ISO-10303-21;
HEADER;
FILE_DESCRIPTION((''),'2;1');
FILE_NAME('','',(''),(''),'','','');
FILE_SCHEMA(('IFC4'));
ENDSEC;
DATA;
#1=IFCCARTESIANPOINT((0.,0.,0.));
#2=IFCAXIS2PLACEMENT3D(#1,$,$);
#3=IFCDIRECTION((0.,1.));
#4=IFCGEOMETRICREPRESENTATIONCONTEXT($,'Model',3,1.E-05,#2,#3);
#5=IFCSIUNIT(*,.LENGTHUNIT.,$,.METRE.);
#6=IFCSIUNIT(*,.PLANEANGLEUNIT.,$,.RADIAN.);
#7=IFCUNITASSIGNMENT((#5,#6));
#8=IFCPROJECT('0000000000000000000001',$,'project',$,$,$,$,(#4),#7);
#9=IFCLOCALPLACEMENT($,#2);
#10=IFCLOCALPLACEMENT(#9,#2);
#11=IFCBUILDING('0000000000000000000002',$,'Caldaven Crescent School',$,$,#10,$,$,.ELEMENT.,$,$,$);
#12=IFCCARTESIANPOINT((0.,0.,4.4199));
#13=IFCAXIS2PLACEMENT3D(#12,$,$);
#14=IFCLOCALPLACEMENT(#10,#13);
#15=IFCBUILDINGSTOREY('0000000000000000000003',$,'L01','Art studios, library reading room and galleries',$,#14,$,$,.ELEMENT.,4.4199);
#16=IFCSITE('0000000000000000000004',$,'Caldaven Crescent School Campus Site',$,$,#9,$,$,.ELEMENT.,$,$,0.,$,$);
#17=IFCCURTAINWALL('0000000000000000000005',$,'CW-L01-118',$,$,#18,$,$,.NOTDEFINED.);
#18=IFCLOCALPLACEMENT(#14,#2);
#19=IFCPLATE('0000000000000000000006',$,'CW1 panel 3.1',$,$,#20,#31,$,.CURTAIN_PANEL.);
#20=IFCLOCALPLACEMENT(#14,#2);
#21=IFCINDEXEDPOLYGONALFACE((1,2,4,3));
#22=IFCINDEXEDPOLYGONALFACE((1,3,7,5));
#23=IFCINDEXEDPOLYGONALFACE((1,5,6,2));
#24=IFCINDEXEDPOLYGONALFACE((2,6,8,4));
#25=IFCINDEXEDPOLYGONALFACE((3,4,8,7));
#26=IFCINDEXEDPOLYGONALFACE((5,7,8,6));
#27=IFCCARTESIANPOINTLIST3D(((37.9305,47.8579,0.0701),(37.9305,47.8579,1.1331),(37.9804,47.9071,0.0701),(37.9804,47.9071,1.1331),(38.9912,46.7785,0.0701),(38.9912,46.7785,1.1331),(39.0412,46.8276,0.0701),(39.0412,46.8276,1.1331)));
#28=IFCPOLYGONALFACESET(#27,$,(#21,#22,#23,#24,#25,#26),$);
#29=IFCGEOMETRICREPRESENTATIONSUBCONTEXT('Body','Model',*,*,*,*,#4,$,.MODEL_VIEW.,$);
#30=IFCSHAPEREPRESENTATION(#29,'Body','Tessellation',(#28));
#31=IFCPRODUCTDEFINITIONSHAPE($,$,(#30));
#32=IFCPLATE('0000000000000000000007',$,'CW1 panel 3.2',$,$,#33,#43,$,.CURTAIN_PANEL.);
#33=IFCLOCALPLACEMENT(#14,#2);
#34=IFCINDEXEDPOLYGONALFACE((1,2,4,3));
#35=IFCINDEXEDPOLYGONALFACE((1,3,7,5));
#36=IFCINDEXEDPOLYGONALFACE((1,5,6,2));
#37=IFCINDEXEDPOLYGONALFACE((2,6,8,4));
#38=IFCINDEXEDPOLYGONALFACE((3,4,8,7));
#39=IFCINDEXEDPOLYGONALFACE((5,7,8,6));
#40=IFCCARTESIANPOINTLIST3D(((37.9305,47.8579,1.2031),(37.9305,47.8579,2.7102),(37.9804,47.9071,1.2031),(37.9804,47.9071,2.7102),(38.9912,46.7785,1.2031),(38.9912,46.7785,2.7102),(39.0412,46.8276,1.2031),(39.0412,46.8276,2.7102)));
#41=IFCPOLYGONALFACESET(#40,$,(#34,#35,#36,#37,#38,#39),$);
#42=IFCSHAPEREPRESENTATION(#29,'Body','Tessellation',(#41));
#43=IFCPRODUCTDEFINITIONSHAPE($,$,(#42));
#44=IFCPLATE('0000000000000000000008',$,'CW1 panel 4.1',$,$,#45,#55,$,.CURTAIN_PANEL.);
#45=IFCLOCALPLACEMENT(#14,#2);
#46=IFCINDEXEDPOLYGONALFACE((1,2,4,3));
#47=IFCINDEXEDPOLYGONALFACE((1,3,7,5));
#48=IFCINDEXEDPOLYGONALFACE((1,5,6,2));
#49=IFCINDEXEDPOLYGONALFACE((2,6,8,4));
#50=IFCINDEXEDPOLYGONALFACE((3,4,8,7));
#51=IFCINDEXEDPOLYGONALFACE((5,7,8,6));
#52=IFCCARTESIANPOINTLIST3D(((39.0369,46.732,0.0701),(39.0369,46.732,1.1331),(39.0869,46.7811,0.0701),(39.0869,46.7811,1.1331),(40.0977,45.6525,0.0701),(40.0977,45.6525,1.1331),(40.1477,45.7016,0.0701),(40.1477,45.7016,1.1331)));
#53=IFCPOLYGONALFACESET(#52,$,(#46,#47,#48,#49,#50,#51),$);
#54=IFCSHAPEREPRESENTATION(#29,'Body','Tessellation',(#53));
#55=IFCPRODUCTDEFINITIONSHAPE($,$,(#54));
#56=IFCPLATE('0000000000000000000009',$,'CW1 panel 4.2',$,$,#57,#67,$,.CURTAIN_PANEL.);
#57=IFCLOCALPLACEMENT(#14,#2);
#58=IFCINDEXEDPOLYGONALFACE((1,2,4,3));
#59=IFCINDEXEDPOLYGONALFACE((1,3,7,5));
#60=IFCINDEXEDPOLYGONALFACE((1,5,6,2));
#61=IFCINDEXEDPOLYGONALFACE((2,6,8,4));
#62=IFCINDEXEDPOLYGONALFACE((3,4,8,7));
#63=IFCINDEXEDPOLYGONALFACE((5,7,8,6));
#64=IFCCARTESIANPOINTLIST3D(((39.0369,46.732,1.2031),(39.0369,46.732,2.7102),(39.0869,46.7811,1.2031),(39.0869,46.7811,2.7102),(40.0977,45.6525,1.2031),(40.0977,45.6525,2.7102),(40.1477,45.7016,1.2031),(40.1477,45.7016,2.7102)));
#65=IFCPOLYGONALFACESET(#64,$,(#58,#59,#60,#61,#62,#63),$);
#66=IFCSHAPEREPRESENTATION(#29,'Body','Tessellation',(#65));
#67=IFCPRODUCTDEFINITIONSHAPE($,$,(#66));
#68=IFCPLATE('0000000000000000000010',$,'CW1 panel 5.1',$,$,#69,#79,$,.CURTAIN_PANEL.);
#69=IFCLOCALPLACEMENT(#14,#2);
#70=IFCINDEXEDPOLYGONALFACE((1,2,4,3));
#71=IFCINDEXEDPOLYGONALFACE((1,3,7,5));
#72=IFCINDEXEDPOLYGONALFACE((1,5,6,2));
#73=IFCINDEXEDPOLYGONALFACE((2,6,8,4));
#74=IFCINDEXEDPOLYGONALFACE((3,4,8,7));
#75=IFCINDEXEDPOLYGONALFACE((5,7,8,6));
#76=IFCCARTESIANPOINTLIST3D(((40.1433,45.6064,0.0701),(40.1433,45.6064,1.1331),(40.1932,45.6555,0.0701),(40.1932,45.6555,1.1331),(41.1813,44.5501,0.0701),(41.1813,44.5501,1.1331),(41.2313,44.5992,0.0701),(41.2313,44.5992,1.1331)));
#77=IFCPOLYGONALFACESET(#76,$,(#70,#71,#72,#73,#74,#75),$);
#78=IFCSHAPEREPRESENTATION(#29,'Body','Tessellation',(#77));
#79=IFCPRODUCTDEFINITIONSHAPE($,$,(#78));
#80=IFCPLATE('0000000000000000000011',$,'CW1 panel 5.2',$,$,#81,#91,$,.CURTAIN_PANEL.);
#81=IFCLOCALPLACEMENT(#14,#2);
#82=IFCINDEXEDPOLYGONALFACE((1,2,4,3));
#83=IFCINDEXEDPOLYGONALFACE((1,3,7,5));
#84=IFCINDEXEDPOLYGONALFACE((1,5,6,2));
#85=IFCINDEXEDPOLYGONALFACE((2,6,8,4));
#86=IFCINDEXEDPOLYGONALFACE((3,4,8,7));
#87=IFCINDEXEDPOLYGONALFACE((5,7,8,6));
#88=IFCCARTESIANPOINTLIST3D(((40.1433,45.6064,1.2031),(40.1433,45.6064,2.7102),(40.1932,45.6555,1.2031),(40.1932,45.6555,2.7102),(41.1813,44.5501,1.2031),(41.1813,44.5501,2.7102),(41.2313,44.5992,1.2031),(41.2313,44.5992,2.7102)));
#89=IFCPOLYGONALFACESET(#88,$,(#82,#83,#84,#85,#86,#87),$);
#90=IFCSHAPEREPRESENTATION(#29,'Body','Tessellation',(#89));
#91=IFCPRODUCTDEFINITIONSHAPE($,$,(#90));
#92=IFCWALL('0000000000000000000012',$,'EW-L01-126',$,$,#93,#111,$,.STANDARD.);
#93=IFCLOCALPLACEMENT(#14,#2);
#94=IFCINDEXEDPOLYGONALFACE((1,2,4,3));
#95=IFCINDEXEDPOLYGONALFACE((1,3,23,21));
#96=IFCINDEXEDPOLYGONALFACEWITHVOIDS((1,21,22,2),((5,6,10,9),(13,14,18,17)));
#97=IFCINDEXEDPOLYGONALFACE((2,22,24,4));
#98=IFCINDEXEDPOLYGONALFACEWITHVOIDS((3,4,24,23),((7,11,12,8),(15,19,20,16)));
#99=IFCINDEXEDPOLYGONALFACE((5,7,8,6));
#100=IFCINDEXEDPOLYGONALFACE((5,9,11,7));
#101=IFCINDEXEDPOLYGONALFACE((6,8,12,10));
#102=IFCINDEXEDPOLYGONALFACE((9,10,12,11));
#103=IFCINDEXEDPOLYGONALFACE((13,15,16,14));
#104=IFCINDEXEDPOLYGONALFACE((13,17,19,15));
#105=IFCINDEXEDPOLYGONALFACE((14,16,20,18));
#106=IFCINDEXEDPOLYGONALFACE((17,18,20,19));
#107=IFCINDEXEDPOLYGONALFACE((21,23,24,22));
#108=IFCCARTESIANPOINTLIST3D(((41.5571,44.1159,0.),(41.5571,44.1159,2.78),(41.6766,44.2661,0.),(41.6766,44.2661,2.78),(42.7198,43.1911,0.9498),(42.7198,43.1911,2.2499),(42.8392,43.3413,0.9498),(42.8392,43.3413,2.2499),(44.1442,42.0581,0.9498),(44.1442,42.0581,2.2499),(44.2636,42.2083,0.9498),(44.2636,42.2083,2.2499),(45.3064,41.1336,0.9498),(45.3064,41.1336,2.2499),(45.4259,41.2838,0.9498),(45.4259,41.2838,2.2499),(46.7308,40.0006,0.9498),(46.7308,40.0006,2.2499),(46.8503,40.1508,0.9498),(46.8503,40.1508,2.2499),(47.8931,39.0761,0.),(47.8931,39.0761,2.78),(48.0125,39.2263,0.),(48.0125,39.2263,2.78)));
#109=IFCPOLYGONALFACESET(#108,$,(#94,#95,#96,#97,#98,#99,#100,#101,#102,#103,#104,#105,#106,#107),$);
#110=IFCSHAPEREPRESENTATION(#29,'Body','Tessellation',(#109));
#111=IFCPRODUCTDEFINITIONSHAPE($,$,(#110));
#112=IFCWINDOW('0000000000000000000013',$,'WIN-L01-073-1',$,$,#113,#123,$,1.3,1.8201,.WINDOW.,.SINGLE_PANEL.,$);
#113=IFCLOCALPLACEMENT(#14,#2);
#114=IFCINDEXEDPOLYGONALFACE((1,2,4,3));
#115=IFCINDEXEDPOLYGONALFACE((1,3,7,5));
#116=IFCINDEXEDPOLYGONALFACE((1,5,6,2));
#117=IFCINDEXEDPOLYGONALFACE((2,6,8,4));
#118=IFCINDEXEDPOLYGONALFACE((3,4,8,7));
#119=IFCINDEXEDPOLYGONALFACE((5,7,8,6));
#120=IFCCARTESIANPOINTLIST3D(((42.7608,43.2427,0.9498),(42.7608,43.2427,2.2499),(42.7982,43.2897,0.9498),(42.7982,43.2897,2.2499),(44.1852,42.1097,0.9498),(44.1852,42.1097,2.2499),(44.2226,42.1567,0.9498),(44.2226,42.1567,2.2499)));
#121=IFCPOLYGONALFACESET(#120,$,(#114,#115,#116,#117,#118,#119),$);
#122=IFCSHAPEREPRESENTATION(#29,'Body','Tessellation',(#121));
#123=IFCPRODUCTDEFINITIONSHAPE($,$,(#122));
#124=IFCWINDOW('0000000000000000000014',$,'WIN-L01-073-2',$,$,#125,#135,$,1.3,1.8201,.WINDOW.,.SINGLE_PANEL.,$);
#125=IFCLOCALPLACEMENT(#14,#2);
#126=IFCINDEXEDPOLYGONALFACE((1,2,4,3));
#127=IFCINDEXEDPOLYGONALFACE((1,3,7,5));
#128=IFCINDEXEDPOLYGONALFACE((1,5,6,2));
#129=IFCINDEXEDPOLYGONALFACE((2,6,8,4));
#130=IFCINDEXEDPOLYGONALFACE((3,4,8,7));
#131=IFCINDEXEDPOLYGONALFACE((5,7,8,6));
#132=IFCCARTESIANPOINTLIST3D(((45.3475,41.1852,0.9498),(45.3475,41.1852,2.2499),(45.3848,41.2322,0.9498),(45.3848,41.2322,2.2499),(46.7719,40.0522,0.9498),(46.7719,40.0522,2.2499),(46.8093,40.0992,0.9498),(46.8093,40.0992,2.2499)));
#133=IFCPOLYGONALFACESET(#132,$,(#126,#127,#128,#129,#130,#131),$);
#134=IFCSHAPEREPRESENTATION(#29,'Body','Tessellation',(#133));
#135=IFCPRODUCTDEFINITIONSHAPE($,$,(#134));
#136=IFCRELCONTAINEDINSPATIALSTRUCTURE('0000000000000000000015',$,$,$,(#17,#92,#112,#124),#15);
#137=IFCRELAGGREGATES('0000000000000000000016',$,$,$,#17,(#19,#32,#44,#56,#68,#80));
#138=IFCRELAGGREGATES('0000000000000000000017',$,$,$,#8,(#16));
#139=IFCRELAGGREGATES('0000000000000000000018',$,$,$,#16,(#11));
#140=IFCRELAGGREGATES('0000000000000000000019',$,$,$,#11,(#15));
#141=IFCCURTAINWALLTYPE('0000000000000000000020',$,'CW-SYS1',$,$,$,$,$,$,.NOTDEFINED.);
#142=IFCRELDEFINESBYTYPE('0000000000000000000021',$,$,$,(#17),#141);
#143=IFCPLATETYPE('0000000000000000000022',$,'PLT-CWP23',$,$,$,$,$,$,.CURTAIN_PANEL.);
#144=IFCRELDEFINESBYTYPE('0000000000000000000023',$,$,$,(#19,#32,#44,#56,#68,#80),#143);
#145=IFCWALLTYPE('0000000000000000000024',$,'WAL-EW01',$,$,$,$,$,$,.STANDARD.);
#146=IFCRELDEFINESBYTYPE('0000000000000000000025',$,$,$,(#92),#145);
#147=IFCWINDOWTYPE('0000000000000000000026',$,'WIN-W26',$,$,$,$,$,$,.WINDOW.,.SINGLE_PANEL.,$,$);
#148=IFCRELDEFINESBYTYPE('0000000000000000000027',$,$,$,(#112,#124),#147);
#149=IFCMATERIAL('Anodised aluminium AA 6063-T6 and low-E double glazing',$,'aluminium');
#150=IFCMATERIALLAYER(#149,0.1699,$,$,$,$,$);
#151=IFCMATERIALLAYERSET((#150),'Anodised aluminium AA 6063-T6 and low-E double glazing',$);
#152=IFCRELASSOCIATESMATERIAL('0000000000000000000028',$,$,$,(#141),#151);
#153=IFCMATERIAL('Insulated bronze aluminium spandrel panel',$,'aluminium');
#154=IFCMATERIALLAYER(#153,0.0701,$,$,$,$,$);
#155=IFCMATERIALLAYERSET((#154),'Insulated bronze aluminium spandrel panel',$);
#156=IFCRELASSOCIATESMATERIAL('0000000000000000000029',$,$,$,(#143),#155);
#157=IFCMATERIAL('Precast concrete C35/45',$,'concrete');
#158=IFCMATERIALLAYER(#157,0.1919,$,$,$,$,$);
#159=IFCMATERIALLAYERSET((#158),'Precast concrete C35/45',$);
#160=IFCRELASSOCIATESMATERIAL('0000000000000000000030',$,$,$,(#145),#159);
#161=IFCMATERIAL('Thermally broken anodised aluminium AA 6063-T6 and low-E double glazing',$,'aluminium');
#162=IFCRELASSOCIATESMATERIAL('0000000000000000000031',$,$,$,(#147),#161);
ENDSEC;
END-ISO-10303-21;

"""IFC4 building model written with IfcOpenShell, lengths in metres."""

from ifc_helpers import new_model, si_unit, direction, frame, frame_2d, origin, origin_2d, place, context, subcontext, project, spatial, rectangle, extrude, material, layer, layer_set, type_object, element, fill, aggregate, save


model = new_model("IFC4")

# Units and contexts
model_context = context("Model", 3, precision=1e-05, world=origin(), true_north=direction((0.0, 1.0)))
body_context = subcontext(model_context, "Body", "Model", "MODEL_VIEW")
ifc_project = project(units=[si_unit("LENGTHUNIT", "METRE"), si_unit("PLANEANGLEUNIT", "RADIAN")], contexts=[model_context])

# Site, building, storey
site_placement = place(None, origin())
site = spatial("IfcSite", under=ifc_project, at=site_placement, Name="Caldaven Crescent School Campus Site", CompositionType="ELEMENT", RefElevation=0.0)
building_placement = place(site_placement, origin())
building = spatial("IfcBuilding", under=site, at=building_placement, Name="Caldaven Crescent School", CompositionType="ELEMENT")
storey_placement = place(building_placement, frame((0.0, 0.0, 4.4199)))
storey = spatial("IfcBuildingStorey", under=building, at=storey_placement, Name="L01", Description="Art studios, library reading room and galleries", CompositionType="ELEMENT", Elevation=4.4199)

# Curtain wall
ifc_material_1 = material(Name="Anodised aluminium AA 6063-T6 and low-E double glazing", Category="aluminium")
ifc_layer_1 = layer(ifc_material_1, 0.1699)
ifc_layer_set_1 = layer_set([ifc_layer_1], Name="Anodised aluminium AA 6063-T6 and low-E double glazing")
curtain_wall_type = type_object("IfcCurtainWallType", Name="CW-SYS1", PredefinedType="NOTDEFINED", material=ifc_layer_set_1)
curtain_wall_placement = place(storey_placement, origin())
curtain_wall = element("IfcCurtainWall", 1, at=curtain_wall_placement, inside=storey, type_object=curtain_wall_type, Name="CW-L01-118", PredefinedType="NOTDEFINED")

# Plates
ifc_material_2 = material(Name="Insulated bronze aluminium spandrel panel", Category="aluminium")
ifc_layer_2 = layer(ifc_material_2, 0.0701)
ifc_layer_set_2 = layer_set([ifc_layer_2], Name="Insulated bronze aluminium spandrel panel")
plate_type = type_object("IfcPlateType", Name="PLT-CWP23", PredefinedType="CURTAIN_PANEL", material=ifc_layer_set_2)
plate_1_placement = place(storey_placement, frame((38.4858, 47.3428, 0.0701), z_axis=(0.0, 0.0, 1.0), x_axis=(0.700909, -0.713251, 0.0)))
plate_1 = element("IfcPlate", 2, at=plate_1_placement, type_object=plate_type, Name="CW1 panel 3.1", PredefinedType="CURTAIN_PANEL", context=body_context, shape_type="SweptSolid", body=[
    extrude(rectangle(XDim=1.5134, YDim=0.0701, at=origin_2d()), origin(), (0.0, 0.0, 1.0), 1.063),
])
plate_2_placement = place(storey_placement, frame((38.4858, 47.3428, 1.2031), z_axis=(0.0, 0.0, 1.0), x_axis=(0.700909, -0.713251, 0.0)))
plate_2 = element("IfcPlate", 3, at=plate_2_placement, type_object=plate_type, Name="CW1 panel 3.2", PredefinedType="CURTAIN_PANEL", context=body_context, shape_type="SweptSolid", body=[
    extrude(rectangle(XDim=1.5134, YDim=0.0701, at=origin_2d()), origin(), (0.0, 0.0, 1.0), 1.5071),
])
plate_3_placement = place(storey_placement, frame((39.5923, 46.2168, 0.0701), z_axis=(0.0, 0.0, 1.0), x_axis=(0.700909, -0.713251, 0.0)))
plate_3 = element("IfcPlate", 4, at=plate_3_placement, type_object=plate_type, Name="CW1 panel 4.1", PredefinedType="CURTAIN_PANEL", context=body_context, shape_type="SweptSolid", body=[
    extrude(rectangle(XDim=1.5134, YDim=0.0701, at=origin_2d()), origin(), (0.0, 0.0, 1.0), 1.063),
])
plate_4_placement = place(storey_placement, frame((39.5923, 46.2168, 1.2031), z_axis=(0.0, 0.0, 1.0), x_axis=(0.700909, -0.713251, 0.0)))
plate_4 = element("IfcPlate", 5, at=plate_4_placement, type_object=plate_type, Name="CW1 panel 4.2", PredefinedType="CURTAIN_PANEL", context=body_context, shape_type="SweptSolid", body=[
    extrude(rectangle(XDim=1.5134, YDim=0.0701, at=origin_2d()), origin(), (0.0, 0.0, 1.0), 1.5071),
])
plate_5_placement = place(storey_placement, frame((40.6873, 45.1028, 0.0701), z_axis=(0.0, 0.0, 1.0), x_axis=(0.700909, -0.713251, 0.0)))
plate_5 = element("IfcPlate", 6, at=plate_5_placement, type_object=plate_type, Name="CW1 panel 5.1", PredefinedType="CURTAIN_PANEL", context=body_context, shape_type="SweptSolid", body=[
    extrude(rectangle(XDim=1.481, YDim=0.0701, at=origin_2d()), origin(), (0.0, 0.0, 1.0), 1.063),
])
plate_6_placement = place(storey_placement, frame((40.6873, 45.1028, 1.2031), z_axis=(0.0, 0.0, 1.0), x_axis=(0.700909, -0.713251, 0.0)))
plate_6 = element("IfcPlate", 7, at=plate_6_placement, type_object=plate_type, Name="CW1 panel 5.2", PredefinedType="CURTAIN_PANEL", context=body_context, shape_type="SweptSolid", body=[
    extrude(rectangle(XDim=1.481, YDim=0.0701, at=origin_2d()), origin(), (0.0, 0.0, 1.0), 1.5071),
])
aggregate(curtain_wall, [plate_1, plate_2, plate_3, plate_4, plate_5, plate_6])

# Wall, openings, windows
ifc_material_3 = material(Name="Precast concrete C35/45", Category="concrete")
ifc_layer_3 = layer(ifc_material_3, 0.1919)
ifc_layer_set_3 = layer_set([ifc_layer_3], Name="Precast concrete C35/45")
wall_type = type_object("IfcWallType", Name="WAL-EW01", PredefinedType="STANDARD", material=ifc_layer_set_3)
wall_placement = place(storey_placement, frame((41.6169, 44.1909, 0.0), z_axis=(0.0, 0.0, 1.0), x_axis=(0.78261, -0.622512, 0.0)))
wall = element("IfcWall", 8, at=wall_placement, inside=storey, type_object=wall_type, Name="EW-L01-126", PredefinedType="STANDARD", context=body_context, shape_type="SweptSolid", body=[
    extrude(rectangle(XDim=8.0959, YDim=0.1919, at=frame_2d((4.0479, 0.0))), origin(), (0.0, 0.0, 1.0), 2.78),
])
opening_1_placement = place(wall_placement, frame((1.4854, 0.0, 0.95)))
opening_1 = element("IfcOpeningElement", 9, at=opening_1_placement, cuts=wall, PredefinedType="OPENING", context=body_context, shape_type="SweptSolid", body=[
    extrude(rectangle(XDim=1.8201, YDim=1.3, at=frame_2d((0.9102, 0.6499))), frame((0.0, 0.106, 0.0), z_axis=(0.0, -1.0, 0.0), x_axis=(1.0, 0.0, 0.0)), (0.0, 0.0, 1.0), 0.2119),
])
opening_2_placement = place(wall_placement, frame((4.7905, 0.0, 0.95)))
opening_2 = element("IfcOpeningElement", 10, at=opening_2_placement, cuts=wall, PredefinedType="OPENING", context=body_context, shape_type="SweptSolid", body=[
    extrude(rectangle(XDim=1.8201, YDim=1.3, at=frame_2d((0.9102, 0.6499))), frame((0.0, 0.106, 0.0), z_axis=(0.0, -1.0, 0.0), x_axis=(1.0, 0.0, 0.0)), (0.0, 0.0, 1.0), 0.2119),
])
ifc_material_4 = material(Name="Thermally broken anodised aluminium AA 6063-T6 and low-E double glazing", Category="aluminium")
window_type = type_object("IfcWindowType", Name="WIN-W26", PartitioningType="SINGLE_PANEL", PredefinedType="WINDOW", material=ifc_material_4)
window_1_placement = place(opening_1_placement, origin())
window_1 = element("IfcWindow", 11, at=window_1_placement, inside=storey, type_object=window_type, Name="WIN-L01-073-1", OverallHeight=1.3, OverallWidth=1.8201, PartitioningType="SINGLE_PANEL", PredefinedType="WINDOW", context=body_context, shape_type="SweptSolid", body=[
    extrude(rectangle(XDim=1.8201, YDim=1.3, at=frame_2d((0.9102, 0.6499))), frame((0.0, 0.03, 0.0), z_axis=(0.0, -1.0, 0.0), x_axis=(1.0, 0.0, 0.0)), (0.0, 0.0, 1.0), 0.0601),
])
fill(opening_1, window_1)
window_2_placement = place(opening_2_placement, origin())
window_2 = element("IfcWindow", 12, at=window_2_placement, inside=storey, type_object=window_type, Name="WIN-L01-073-2", OverallHeight=1.3, OverallWidth=1.8201, PartitioningType="SINGLE_PANEL", PredefinedType="WINDOW", context=body_context, shape_type="SweptSolid", body=[
    extrude(rectangle(XDim=1.8201, YDim=1.3, at=frame_2d((0.9102, 0.6499))), frame((0.0, 0.03, 0.0), z_axis=(0.0, -1.0, 0.0), x_axis=(1.0, 0.0, 0.0)), (0.0, 0.0, 1.0), 0.0601),
])
fill(opening_2, window_2)

save(model, "model.ifc")
